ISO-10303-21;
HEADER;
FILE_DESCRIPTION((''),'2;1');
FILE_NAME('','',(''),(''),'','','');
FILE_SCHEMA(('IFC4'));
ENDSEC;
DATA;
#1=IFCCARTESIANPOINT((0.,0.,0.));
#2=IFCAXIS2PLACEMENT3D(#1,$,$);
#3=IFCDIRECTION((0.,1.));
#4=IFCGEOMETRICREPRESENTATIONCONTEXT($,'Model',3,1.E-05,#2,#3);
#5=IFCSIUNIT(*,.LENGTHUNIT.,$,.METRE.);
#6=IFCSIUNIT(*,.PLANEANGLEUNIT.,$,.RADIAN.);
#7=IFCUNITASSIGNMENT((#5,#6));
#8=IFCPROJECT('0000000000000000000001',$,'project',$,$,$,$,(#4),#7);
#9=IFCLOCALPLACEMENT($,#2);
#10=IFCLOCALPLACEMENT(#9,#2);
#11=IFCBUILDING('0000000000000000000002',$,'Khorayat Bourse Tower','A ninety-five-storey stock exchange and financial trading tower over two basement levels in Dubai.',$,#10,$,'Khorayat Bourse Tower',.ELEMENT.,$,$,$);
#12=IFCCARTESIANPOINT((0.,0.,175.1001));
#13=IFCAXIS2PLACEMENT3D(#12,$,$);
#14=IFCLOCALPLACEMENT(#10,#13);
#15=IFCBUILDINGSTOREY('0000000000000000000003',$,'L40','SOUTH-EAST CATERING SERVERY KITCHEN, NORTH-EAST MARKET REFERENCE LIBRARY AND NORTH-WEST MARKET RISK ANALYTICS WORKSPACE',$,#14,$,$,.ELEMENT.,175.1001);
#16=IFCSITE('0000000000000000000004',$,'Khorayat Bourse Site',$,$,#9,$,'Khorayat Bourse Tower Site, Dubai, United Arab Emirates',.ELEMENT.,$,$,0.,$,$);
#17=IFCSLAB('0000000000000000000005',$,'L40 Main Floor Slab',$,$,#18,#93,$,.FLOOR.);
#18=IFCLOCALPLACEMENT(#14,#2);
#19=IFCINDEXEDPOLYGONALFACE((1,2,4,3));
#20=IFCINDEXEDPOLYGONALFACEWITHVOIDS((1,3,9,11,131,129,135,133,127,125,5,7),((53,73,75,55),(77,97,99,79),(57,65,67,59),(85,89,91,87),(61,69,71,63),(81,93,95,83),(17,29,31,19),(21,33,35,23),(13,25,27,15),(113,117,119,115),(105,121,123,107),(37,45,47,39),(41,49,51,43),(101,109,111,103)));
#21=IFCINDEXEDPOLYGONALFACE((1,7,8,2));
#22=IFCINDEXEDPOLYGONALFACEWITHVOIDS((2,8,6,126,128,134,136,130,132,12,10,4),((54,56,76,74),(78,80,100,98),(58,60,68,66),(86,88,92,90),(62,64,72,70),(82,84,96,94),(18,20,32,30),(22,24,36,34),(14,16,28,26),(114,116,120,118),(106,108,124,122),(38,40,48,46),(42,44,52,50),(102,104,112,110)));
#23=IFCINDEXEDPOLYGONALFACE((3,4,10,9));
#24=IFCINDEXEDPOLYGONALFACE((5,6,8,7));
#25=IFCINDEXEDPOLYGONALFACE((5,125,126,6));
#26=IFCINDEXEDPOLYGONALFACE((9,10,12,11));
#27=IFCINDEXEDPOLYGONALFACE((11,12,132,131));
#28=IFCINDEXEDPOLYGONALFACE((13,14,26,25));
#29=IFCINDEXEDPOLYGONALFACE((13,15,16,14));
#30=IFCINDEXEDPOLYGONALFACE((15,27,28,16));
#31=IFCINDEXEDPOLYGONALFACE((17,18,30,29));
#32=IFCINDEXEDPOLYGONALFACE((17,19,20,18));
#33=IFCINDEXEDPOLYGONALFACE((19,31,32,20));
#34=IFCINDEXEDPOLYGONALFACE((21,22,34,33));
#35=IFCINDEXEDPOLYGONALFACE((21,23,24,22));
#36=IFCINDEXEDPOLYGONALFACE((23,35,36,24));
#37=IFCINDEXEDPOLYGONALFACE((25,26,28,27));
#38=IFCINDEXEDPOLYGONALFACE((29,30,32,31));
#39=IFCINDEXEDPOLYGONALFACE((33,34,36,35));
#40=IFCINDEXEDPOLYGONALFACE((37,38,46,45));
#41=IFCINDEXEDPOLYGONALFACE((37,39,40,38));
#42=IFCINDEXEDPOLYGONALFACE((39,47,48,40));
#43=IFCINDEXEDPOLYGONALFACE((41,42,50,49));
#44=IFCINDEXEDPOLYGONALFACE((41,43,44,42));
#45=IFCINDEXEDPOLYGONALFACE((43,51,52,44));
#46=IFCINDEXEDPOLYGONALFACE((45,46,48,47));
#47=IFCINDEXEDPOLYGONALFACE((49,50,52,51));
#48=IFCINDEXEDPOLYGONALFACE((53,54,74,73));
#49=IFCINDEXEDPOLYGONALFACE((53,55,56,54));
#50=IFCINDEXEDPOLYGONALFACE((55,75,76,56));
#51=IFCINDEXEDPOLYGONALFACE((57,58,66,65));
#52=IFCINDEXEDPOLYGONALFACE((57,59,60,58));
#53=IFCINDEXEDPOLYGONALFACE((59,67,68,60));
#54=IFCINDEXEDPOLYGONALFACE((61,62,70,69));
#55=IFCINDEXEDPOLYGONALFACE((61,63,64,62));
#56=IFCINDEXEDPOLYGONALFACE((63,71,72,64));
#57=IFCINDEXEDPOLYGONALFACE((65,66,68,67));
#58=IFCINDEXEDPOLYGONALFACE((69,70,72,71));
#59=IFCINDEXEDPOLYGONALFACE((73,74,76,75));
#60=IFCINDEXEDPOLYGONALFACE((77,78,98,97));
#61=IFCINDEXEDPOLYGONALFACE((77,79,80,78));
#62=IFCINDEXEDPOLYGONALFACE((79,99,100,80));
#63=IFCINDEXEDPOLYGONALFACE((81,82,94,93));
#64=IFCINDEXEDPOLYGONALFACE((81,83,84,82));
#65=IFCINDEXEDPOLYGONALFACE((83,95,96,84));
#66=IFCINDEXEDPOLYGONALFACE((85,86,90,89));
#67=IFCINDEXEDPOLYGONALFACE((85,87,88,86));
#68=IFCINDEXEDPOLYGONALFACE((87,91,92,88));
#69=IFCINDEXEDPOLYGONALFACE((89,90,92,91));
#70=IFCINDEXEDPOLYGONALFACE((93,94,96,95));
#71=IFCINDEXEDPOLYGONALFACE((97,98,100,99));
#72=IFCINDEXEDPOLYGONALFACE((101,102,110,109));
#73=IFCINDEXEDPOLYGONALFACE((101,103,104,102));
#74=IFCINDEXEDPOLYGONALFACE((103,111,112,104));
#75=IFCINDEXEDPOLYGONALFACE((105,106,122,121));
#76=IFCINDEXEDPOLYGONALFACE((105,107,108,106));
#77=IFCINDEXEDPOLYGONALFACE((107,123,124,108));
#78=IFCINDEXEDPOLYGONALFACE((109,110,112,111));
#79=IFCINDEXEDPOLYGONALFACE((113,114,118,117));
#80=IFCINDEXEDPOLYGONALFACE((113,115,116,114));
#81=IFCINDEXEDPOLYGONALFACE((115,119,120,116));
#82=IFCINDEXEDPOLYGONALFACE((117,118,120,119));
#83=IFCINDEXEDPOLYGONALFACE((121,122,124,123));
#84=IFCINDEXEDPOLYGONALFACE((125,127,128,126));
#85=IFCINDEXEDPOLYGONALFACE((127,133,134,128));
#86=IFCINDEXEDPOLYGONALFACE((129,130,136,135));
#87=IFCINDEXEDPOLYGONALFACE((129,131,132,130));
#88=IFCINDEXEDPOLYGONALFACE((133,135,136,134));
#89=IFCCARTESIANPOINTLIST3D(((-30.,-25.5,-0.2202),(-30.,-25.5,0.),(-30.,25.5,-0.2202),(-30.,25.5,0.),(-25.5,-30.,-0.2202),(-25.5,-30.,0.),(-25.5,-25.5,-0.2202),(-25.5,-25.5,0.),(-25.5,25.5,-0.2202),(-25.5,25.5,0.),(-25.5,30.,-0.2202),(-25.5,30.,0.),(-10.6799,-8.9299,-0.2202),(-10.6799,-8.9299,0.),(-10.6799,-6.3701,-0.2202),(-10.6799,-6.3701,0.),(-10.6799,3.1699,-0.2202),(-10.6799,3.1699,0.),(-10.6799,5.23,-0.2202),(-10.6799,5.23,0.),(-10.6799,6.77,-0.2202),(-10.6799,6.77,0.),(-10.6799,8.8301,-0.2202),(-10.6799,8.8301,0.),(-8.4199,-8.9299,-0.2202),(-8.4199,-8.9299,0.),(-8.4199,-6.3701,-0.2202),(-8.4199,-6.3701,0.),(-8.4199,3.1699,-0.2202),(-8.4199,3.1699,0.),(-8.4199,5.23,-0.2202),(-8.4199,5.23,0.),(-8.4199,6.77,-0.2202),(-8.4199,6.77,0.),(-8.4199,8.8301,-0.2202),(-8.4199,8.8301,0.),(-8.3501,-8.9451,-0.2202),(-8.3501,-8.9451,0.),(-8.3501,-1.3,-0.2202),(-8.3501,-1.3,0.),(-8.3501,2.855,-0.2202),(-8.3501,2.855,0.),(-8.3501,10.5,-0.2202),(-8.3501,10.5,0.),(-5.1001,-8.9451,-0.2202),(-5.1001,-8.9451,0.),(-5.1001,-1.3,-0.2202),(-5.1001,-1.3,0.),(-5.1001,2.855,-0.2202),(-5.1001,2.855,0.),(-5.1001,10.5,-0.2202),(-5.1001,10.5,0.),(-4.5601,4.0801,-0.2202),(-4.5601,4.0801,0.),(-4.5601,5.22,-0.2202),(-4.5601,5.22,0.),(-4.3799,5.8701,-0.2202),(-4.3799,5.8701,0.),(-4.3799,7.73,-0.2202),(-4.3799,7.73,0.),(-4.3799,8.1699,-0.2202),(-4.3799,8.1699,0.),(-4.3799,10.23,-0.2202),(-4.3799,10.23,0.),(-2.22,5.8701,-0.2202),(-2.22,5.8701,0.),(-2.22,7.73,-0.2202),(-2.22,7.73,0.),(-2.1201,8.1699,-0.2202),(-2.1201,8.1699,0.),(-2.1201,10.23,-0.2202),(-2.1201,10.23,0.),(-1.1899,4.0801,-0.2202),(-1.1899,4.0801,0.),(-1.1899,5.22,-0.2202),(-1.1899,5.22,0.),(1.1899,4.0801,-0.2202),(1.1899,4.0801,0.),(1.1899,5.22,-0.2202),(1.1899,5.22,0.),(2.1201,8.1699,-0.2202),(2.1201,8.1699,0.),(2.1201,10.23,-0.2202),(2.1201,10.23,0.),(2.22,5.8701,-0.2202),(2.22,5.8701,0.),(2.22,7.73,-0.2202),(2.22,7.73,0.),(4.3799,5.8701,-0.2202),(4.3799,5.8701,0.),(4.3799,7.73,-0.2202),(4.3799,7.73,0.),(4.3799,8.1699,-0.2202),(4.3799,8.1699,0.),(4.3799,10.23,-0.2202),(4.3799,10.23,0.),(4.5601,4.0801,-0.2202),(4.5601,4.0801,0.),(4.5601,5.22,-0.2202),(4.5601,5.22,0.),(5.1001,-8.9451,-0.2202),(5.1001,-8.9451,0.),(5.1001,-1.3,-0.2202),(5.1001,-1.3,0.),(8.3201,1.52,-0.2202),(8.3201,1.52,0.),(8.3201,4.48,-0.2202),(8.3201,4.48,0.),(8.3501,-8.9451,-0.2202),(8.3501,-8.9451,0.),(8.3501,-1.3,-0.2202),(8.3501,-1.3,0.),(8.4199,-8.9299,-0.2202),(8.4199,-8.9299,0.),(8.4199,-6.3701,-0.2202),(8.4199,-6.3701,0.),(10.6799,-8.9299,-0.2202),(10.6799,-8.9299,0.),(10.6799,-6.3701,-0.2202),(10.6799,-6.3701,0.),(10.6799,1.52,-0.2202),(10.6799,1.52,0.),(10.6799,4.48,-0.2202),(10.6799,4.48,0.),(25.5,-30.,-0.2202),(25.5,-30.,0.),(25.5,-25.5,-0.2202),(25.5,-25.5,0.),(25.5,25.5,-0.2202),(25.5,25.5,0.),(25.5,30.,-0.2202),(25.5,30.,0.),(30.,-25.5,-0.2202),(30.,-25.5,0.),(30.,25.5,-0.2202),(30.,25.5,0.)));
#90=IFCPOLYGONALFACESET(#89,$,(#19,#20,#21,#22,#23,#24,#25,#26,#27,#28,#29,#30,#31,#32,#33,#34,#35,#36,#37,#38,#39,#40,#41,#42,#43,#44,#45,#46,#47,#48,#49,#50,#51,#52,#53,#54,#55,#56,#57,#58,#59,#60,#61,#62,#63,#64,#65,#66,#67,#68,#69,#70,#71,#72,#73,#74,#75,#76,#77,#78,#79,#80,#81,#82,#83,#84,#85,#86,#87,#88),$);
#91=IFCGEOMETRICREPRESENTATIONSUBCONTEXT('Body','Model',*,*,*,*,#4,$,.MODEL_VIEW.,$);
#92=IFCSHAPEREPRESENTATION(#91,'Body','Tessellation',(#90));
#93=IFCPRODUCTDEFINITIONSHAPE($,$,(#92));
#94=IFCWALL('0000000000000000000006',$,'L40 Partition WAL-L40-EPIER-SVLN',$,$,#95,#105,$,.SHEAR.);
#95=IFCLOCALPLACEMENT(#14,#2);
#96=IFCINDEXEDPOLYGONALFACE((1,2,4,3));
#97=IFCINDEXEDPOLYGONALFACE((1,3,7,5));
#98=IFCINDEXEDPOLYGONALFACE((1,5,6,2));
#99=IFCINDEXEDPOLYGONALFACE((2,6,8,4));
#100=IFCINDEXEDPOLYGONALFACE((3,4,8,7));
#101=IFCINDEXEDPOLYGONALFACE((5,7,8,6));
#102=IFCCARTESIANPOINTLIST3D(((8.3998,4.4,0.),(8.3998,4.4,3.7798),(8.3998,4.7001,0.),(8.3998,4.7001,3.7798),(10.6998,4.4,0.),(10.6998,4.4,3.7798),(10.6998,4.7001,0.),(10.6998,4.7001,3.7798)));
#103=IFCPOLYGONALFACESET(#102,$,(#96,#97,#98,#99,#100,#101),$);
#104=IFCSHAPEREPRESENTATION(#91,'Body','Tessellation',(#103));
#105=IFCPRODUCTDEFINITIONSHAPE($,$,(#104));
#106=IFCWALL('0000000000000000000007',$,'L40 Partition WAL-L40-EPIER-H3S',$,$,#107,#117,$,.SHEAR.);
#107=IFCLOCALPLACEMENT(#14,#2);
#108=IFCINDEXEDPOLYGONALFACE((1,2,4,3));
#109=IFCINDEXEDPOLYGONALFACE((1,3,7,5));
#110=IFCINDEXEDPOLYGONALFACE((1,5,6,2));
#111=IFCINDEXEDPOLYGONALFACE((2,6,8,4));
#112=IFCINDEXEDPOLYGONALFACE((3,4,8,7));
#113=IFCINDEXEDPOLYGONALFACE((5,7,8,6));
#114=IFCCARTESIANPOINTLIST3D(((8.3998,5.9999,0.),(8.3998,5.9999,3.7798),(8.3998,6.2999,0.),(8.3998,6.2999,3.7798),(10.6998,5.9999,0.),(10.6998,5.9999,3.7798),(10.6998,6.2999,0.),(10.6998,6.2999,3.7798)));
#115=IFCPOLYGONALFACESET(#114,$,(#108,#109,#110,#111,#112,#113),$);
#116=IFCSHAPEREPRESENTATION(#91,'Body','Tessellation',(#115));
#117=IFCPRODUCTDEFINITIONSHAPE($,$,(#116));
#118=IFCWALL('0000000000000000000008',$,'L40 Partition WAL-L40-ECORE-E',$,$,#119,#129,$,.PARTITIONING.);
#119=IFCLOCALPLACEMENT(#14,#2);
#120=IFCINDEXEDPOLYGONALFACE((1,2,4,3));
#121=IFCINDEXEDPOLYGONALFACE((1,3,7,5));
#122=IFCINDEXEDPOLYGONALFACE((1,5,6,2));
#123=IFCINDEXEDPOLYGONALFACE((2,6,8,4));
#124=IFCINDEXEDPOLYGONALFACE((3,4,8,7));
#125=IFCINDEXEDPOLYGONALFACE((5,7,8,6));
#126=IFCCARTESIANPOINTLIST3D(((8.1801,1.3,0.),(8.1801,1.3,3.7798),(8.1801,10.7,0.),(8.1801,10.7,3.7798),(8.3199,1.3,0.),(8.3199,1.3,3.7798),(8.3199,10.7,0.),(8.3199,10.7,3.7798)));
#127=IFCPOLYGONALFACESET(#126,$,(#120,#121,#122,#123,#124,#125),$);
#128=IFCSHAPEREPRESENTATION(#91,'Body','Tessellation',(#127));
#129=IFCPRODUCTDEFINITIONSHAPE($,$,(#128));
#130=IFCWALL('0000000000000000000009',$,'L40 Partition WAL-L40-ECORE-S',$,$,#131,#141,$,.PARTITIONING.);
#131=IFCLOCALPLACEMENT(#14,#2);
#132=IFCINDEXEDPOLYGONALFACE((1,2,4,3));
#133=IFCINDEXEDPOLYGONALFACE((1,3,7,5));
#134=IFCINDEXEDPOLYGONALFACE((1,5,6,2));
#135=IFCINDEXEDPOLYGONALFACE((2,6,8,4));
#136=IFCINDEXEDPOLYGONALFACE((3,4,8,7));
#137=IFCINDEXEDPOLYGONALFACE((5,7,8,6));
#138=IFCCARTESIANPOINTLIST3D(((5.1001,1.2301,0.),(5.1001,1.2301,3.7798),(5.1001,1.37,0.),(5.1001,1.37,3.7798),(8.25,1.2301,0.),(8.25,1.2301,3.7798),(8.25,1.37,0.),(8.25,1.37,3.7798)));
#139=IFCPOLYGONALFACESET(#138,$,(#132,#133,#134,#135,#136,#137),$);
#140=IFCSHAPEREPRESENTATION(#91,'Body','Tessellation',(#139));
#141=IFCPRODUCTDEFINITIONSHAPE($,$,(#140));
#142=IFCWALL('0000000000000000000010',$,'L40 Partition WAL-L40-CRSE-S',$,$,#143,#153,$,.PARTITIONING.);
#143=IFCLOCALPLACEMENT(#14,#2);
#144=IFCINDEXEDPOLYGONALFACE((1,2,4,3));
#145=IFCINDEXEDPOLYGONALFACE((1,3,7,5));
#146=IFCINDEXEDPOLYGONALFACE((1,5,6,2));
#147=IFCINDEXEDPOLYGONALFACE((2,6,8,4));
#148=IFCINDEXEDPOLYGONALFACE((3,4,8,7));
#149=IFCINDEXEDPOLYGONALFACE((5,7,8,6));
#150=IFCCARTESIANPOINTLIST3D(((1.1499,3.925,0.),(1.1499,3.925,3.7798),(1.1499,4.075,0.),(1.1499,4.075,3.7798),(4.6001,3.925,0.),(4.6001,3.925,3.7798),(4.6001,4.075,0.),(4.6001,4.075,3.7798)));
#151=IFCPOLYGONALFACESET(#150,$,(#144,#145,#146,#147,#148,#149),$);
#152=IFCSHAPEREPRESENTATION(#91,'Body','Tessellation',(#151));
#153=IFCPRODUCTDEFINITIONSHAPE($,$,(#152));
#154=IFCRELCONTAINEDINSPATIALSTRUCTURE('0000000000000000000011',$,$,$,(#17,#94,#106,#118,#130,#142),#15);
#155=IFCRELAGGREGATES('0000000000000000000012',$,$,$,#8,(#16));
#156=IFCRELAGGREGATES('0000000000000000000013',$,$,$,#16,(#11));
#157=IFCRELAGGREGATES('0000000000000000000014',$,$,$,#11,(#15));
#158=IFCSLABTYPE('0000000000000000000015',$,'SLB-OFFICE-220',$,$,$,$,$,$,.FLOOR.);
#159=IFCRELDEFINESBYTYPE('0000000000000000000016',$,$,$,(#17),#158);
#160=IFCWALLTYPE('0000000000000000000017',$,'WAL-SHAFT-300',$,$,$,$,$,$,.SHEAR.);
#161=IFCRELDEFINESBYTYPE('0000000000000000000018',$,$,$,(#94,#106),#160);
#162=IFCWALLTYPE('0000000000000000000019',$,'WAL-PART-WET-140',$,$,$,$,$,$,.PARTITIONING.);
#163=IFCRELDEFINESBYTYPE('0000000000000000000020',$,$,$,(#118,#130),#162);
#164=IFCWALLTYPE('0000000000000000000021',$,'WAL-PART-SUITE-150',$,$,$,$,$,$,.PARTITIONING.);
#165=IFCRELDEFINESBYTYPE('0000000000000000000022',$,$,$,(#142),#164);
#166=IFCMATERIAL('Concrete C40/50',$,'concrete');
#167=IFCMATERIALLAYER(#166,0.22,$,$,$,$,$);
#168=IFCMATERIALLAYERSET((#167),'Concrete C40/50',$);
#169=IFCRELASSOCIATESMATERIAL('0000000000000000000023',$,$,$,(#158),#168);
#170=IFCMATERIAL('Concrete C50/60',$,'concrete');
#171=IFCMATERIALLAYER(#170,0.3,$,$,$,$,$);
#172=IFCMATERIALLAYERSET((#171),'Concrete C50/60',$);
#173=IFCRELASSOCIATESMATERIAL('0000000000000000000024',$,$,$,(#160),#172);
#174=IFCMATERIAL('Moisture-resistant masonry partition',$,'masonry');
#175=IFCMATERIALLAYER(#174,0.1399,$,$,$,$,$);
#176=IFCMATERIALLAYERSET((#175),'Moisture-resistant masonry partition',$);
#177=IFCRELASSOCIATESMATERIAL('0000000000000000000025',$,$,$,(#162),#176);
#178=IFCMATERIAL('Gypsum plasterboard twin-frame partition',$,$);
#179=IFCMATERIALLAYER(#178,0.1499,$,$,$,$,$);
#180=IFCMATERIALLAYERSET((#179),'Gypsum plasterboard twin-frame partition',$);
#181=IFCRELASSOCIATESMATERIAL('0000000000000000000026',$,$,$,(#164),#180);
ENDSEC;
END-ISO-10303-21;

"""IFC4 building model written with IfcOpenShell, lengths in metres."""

from ifc_helpers import new_model, si_unit, direction, frame, frame_2d, origin, place, context, subcontext, project, spatial, polyline, rectangle, outline, extrude, source, transform, mapped, material, layer, layer_set, type_object, element, save


model = new_model("IFC4")

# Units and contexts
model_context = context("Model", 3, precision=1e-05, world=origin(), true_north=direction((0.0, 1.0)))
body_context = subcontext(model_context, "Body", "Model", "MODEL_VIEW")
ifc_project = project(units=[si_unit("LENGTHUNIT", "METRE"), si_unit("PLANEANGLEUNIT", "RADIAN")], contexts=[model_context])

# Site, building, storey
site_placement = place(None, origin())
site = spatial("IfcSite", under=ifc_project, at=site_placement, Name="Khorayat Bourse Site", LongName="Khorayat Bourse Tower Site, Dubai, United Arab Emirates", CompositionType="ELEMENT", RefElevation=0.0)
building_placement = place(site_placement, origin())
building = spatial("IfcBuilding", under=site, at=building_placement, Name="Khorayat Bourse Tower", Description="A ninety-five-storey stock exchange and financial trading tower over two basement levels in Dubai.", LongName="Khorayat Bourse Tower", CompositionType="ELEMENT")
storey_placement = place(building_placement, frame((0.0, 0.0, 175.1001)))
storey = spatial("IfcBuildingStorey", under=building, at=storey_placement, Name="L40", Description="SOUTH-EAST CATERING SERVERY KITCHEN, NORTH-EAST MARKET REFERENCE LIBRARY AND NORTH-WEST MARKET RISK ANALYTICS WORKSPACE", CompositionType="ELEMENT", Elevation=175.1001)

# Shared definitions
ifc_material_1 = material(Name="Concrete C40/50", Category="concrete")

# Slab
ifc_layer_1 = layer(ifc_material_1, 0.22)
ifc_layer_set_1 = layer_set([ifc_layer_1], Name="Concrete C40/50")
slab_type_1 = type_object("IfcSlabType", Name="SLB-OFFICE-220", PredefinedType="FLOOR", material=ifc_layer_set_1)
slab_1_placement = place(storey_placement, frame((0.0, 0.0, -0.2202)))
element("IfcSlab", 1, at=slab_1_placement, inside=storey, type_object=slab_type_1, Name="L40 Main Floor Slab", PredefinedType="FLOOR", context=body_context, shape_type="SweptSolid", body=[
    extrude(outline(polyline([(-25.5, -30.0), (25.5, -30.0), (25.5, -25.5), (30.0, -25.5), (30.0, 25.5), (25.5, 25.5), (25.5, 30.0), (-25.5, 30.0), (-25.5, 25.5), (-30.0, 25.5), (-30.0, -25.5), (-25.5, -25.5), (-25.5, -30.0)]), holes=[polyline([(-8.3501, -8.9451), (-5.1001, -8.9451), (-5.1001, -1.3), (-8.3501, -1.3), (-8.3501, -8.9451)]), polyline([(-8.3501, 2.855), (-5.1001, 2.855), (-5.1001, 10.5), (-8.3501, 10.5), (-8.3501, 2.855)]), polyline([(5.1001, -8.9451), (8.3501, -8.9451), (8.3501, -1.3), (5.1001, -1.3), (5.1001, -8.9451)]), polyline([(-4.3799, 8.1699), (-2.1201, 8.1699), (-2.1201, 10.23), (-4.3799, 10.23), (-4.3799, 8.1699)]), polyline([(2.1201, 8.1699), (4.3799, 8.1699), (4.3799, 10.23), (2.1201, 10.23), (2.1201, 8.1699)]), polyline([(-4.3799, 5.8701), (-2.22, 5.8701), (-2.22, 7.73), (-4.3799, 7.73), (-4.3799, 5.8701)]), polyline([(2.22, 5.8701), (4.3799, 5.8701), (4.3799, 7.73), (2.22, 7.73), (2.22, 5.8701)]), polyline([(-10.6799, 3.1699), (-8.4199, 3.1699), (-8.4199, 5.23), (-10.6799, 5.23), (-10.6799, 3.1699)]), polyline([(-10.6799, 6.77), (-8.4199, 6.77), (-8.4199, 8.8301), (-10.6799, 8.8301), (-10.6799, 6.77)]), polyline([(-10.6799, -8.9299), (-8.4199, -8.9299), (-8.4199, -6.3701), (-10.6799, -6.3701), (-10.6799, -8.9299)]), polyline([(8.4199, -8.9299), (10.6799, -8.9299), (10.6799, -6.3701), (8.4199, -6.3701), (8.4199, -8.9299)]), polyline([(8.3201, 1.52), (10.6799, 1.52), (10.6799, 4.48), (8.3201, 4.48), (8.3201, 1.52)]), polyline([(-4.5601, 4.0801), (-1.1899, 4.0801), (-1.1899, 5.22), (-4.5601, 5.22), (-4.5601, 4.0801)]), polyline([(1.1899, 4.0801), (4.5601, 4.0801), (4.5601, 5.22), (1.1899, 5.22), (1.1899, 4.0801)])]), origin(), (0.0, 0.0, 1.0), 0.2202),
])

# Walls
ifc_material_2 = material(Name="Concrete C50/60", Category="concrete")
ifc_layer_2 = layer(ifc_material_2, 0.3)
ifc_layer_set_2 = layer_set([ifc_layer_2], Name="Concrete C50/60")
wall_type_1 = type_object("IfcWallType", Name="WAL-SHAFT-300", PredefinedType="SHEAR", material=ifc_layer_set_2)
shared_shape_1 = source(origin(), body_context, "Body", "SweptSolid", [
    extrude(rectangle(XDim=2.3, YDim=0.3, at=frame_2d((1.1499, 0.0))), origin(), (0.0, 0.0, 1.0), 3.7798),
])
for number, where, z_axis, x_axis, name in (
    (2, (8.3999, 4.55, 0.0), (0.0, 0.0, 1.0), (1.0, 0.0, 0.0), "L40 Partition WAL-L40-EPIER-SVLN"),
    (3, (8.3999, 6.1499, 0.0), (0.0, 0.0, 1.0), (1.0, 0.0, 0.0), "L40 Partition WAL-L40-EPIER-H3S"),
):
    element("IfcWall", number, at=place(storey_placement, frame(where, z_axis=z_axis, x_axis=x_axis)), inside=storey, type_object=wall_type_1, Name=name, PredefinedType="SHEAR", context=body_context, shape_type="MappedRepresentation", body=[
        mapped(shared_shape_1, transform((0.0, 0.0, 0.0), scale=1.0)),
    ])
ifc_material_3 = material(Name="Moisture-resistant masonry partition", Category="masonry")
ifc_layer_3 = layer(ifc_material_3, 0.1399)
ifc_layer_set_3 = layer_set([ifc_layer_3], Name="Moisture-resistant masonry partition")
wall_type_2 = type_object("IfcWallType", Name="WAL-PART-WET-140", PredefinedType="PARTITIONING", material=ifc_layer_set_3)
shared_shape_2 = source(origin(), body_context, "Body", "SweptSolid", [
    extrude(rectangle(XDim=9.3999, YDim=0.1399, at=frame_2d((4.7, 0.0))), origin(), (0.0, 0.0, 1.0), 3.7798),
])
wall_1_placement = place(storey_placement, frame((8.25, 1.3, 0.0), z_axis=(0.0, 0.0, 1.0), x_axis=(0.0, 1.0, 0.0)))
element("IfcWall", 4, at=wall_1_placement, inside=storey, type_object=wall_type_2, Name="L40 Partition WAL-L40-ECORE-E", PredefinedType="PARTITIONING", context=body_context, shape_type="MappedRepresentation", body=[
    mapped(shared_shape_2, transform((0.0, 0.0, 0.0), scale=1.0)),
])
shared_shape_3 = source(origin(), body_context, "Body", "SweptSolid", [
    extrude(rectangle(XDim=3.1499, YDim=0.1399, at=frame_2d((1.575, 0.0))), origin(), (0.0, 0.0, 1.0), 3.7798),
])
wall_2_placement = place(storey_placement, frame((5.1001, 1.3, 0.0), z_axis=(0.0, 0.0, 1.0), x_axis=(1.0, 0.0, 0.0)))
element("IfcWall", 5, at=wall_2_placement, inside=storey, type_object=wall_type_2, Name="L40 Partition WAL-L40-ECORE-S", PredefinedType="PARTITIONING", context=body_context, shape_type="MappedRepresentation", body=[
    mapped(shared_shape_3, transform((0.0, 0.0, 0.0), scale=1.0)),
])

# Wall
ifc_material_4 = material(Name="Gypsum plasterboard twin-frame partition")
ifc_layer_4 = layer(ifc_material_4, 0.1499)
ifc_layer_set_4 = layer_set([ifc_layer_4], Name="Gypsum plasterboard twin-frame partition")
wall_type_3 = type_object("IfcWallType", Name="WAL-PART-SUITE-150", PredefinedType="PARTITIONING", material=ifc_layer_set_4)
shared_shape_4 = source(origin(), body_context, "Body", "SweptSolid", [
    extrude(rectangle(XDim=3.4502, YDim=0.1499, at=frame_2d((1.7251, 0.0))), origin(), (0.0, 0.0, 1.0), 3.7798),
])
wall_3_placement = place(storey_placement, frame((1.1499, 4.0, 0.0), z_axis=(0.0, 0.0, 1.0), x_axis=(1.0, 0.0, 0.0)))
element("IfcWall", 6, at=wall_3_placement, inside=storey, type_object=wall_type_3, Name="L40 Partition WAL-L40-CRSE-S", PredefinedType="PARTITIONING", context=body_context, shape_type="MappedRepresentation", body=[
    mapped(shared_shape_4, transform((0.0, 0.0, 0.0), scale=1.0)),
])

save(model, "model.ifc")
